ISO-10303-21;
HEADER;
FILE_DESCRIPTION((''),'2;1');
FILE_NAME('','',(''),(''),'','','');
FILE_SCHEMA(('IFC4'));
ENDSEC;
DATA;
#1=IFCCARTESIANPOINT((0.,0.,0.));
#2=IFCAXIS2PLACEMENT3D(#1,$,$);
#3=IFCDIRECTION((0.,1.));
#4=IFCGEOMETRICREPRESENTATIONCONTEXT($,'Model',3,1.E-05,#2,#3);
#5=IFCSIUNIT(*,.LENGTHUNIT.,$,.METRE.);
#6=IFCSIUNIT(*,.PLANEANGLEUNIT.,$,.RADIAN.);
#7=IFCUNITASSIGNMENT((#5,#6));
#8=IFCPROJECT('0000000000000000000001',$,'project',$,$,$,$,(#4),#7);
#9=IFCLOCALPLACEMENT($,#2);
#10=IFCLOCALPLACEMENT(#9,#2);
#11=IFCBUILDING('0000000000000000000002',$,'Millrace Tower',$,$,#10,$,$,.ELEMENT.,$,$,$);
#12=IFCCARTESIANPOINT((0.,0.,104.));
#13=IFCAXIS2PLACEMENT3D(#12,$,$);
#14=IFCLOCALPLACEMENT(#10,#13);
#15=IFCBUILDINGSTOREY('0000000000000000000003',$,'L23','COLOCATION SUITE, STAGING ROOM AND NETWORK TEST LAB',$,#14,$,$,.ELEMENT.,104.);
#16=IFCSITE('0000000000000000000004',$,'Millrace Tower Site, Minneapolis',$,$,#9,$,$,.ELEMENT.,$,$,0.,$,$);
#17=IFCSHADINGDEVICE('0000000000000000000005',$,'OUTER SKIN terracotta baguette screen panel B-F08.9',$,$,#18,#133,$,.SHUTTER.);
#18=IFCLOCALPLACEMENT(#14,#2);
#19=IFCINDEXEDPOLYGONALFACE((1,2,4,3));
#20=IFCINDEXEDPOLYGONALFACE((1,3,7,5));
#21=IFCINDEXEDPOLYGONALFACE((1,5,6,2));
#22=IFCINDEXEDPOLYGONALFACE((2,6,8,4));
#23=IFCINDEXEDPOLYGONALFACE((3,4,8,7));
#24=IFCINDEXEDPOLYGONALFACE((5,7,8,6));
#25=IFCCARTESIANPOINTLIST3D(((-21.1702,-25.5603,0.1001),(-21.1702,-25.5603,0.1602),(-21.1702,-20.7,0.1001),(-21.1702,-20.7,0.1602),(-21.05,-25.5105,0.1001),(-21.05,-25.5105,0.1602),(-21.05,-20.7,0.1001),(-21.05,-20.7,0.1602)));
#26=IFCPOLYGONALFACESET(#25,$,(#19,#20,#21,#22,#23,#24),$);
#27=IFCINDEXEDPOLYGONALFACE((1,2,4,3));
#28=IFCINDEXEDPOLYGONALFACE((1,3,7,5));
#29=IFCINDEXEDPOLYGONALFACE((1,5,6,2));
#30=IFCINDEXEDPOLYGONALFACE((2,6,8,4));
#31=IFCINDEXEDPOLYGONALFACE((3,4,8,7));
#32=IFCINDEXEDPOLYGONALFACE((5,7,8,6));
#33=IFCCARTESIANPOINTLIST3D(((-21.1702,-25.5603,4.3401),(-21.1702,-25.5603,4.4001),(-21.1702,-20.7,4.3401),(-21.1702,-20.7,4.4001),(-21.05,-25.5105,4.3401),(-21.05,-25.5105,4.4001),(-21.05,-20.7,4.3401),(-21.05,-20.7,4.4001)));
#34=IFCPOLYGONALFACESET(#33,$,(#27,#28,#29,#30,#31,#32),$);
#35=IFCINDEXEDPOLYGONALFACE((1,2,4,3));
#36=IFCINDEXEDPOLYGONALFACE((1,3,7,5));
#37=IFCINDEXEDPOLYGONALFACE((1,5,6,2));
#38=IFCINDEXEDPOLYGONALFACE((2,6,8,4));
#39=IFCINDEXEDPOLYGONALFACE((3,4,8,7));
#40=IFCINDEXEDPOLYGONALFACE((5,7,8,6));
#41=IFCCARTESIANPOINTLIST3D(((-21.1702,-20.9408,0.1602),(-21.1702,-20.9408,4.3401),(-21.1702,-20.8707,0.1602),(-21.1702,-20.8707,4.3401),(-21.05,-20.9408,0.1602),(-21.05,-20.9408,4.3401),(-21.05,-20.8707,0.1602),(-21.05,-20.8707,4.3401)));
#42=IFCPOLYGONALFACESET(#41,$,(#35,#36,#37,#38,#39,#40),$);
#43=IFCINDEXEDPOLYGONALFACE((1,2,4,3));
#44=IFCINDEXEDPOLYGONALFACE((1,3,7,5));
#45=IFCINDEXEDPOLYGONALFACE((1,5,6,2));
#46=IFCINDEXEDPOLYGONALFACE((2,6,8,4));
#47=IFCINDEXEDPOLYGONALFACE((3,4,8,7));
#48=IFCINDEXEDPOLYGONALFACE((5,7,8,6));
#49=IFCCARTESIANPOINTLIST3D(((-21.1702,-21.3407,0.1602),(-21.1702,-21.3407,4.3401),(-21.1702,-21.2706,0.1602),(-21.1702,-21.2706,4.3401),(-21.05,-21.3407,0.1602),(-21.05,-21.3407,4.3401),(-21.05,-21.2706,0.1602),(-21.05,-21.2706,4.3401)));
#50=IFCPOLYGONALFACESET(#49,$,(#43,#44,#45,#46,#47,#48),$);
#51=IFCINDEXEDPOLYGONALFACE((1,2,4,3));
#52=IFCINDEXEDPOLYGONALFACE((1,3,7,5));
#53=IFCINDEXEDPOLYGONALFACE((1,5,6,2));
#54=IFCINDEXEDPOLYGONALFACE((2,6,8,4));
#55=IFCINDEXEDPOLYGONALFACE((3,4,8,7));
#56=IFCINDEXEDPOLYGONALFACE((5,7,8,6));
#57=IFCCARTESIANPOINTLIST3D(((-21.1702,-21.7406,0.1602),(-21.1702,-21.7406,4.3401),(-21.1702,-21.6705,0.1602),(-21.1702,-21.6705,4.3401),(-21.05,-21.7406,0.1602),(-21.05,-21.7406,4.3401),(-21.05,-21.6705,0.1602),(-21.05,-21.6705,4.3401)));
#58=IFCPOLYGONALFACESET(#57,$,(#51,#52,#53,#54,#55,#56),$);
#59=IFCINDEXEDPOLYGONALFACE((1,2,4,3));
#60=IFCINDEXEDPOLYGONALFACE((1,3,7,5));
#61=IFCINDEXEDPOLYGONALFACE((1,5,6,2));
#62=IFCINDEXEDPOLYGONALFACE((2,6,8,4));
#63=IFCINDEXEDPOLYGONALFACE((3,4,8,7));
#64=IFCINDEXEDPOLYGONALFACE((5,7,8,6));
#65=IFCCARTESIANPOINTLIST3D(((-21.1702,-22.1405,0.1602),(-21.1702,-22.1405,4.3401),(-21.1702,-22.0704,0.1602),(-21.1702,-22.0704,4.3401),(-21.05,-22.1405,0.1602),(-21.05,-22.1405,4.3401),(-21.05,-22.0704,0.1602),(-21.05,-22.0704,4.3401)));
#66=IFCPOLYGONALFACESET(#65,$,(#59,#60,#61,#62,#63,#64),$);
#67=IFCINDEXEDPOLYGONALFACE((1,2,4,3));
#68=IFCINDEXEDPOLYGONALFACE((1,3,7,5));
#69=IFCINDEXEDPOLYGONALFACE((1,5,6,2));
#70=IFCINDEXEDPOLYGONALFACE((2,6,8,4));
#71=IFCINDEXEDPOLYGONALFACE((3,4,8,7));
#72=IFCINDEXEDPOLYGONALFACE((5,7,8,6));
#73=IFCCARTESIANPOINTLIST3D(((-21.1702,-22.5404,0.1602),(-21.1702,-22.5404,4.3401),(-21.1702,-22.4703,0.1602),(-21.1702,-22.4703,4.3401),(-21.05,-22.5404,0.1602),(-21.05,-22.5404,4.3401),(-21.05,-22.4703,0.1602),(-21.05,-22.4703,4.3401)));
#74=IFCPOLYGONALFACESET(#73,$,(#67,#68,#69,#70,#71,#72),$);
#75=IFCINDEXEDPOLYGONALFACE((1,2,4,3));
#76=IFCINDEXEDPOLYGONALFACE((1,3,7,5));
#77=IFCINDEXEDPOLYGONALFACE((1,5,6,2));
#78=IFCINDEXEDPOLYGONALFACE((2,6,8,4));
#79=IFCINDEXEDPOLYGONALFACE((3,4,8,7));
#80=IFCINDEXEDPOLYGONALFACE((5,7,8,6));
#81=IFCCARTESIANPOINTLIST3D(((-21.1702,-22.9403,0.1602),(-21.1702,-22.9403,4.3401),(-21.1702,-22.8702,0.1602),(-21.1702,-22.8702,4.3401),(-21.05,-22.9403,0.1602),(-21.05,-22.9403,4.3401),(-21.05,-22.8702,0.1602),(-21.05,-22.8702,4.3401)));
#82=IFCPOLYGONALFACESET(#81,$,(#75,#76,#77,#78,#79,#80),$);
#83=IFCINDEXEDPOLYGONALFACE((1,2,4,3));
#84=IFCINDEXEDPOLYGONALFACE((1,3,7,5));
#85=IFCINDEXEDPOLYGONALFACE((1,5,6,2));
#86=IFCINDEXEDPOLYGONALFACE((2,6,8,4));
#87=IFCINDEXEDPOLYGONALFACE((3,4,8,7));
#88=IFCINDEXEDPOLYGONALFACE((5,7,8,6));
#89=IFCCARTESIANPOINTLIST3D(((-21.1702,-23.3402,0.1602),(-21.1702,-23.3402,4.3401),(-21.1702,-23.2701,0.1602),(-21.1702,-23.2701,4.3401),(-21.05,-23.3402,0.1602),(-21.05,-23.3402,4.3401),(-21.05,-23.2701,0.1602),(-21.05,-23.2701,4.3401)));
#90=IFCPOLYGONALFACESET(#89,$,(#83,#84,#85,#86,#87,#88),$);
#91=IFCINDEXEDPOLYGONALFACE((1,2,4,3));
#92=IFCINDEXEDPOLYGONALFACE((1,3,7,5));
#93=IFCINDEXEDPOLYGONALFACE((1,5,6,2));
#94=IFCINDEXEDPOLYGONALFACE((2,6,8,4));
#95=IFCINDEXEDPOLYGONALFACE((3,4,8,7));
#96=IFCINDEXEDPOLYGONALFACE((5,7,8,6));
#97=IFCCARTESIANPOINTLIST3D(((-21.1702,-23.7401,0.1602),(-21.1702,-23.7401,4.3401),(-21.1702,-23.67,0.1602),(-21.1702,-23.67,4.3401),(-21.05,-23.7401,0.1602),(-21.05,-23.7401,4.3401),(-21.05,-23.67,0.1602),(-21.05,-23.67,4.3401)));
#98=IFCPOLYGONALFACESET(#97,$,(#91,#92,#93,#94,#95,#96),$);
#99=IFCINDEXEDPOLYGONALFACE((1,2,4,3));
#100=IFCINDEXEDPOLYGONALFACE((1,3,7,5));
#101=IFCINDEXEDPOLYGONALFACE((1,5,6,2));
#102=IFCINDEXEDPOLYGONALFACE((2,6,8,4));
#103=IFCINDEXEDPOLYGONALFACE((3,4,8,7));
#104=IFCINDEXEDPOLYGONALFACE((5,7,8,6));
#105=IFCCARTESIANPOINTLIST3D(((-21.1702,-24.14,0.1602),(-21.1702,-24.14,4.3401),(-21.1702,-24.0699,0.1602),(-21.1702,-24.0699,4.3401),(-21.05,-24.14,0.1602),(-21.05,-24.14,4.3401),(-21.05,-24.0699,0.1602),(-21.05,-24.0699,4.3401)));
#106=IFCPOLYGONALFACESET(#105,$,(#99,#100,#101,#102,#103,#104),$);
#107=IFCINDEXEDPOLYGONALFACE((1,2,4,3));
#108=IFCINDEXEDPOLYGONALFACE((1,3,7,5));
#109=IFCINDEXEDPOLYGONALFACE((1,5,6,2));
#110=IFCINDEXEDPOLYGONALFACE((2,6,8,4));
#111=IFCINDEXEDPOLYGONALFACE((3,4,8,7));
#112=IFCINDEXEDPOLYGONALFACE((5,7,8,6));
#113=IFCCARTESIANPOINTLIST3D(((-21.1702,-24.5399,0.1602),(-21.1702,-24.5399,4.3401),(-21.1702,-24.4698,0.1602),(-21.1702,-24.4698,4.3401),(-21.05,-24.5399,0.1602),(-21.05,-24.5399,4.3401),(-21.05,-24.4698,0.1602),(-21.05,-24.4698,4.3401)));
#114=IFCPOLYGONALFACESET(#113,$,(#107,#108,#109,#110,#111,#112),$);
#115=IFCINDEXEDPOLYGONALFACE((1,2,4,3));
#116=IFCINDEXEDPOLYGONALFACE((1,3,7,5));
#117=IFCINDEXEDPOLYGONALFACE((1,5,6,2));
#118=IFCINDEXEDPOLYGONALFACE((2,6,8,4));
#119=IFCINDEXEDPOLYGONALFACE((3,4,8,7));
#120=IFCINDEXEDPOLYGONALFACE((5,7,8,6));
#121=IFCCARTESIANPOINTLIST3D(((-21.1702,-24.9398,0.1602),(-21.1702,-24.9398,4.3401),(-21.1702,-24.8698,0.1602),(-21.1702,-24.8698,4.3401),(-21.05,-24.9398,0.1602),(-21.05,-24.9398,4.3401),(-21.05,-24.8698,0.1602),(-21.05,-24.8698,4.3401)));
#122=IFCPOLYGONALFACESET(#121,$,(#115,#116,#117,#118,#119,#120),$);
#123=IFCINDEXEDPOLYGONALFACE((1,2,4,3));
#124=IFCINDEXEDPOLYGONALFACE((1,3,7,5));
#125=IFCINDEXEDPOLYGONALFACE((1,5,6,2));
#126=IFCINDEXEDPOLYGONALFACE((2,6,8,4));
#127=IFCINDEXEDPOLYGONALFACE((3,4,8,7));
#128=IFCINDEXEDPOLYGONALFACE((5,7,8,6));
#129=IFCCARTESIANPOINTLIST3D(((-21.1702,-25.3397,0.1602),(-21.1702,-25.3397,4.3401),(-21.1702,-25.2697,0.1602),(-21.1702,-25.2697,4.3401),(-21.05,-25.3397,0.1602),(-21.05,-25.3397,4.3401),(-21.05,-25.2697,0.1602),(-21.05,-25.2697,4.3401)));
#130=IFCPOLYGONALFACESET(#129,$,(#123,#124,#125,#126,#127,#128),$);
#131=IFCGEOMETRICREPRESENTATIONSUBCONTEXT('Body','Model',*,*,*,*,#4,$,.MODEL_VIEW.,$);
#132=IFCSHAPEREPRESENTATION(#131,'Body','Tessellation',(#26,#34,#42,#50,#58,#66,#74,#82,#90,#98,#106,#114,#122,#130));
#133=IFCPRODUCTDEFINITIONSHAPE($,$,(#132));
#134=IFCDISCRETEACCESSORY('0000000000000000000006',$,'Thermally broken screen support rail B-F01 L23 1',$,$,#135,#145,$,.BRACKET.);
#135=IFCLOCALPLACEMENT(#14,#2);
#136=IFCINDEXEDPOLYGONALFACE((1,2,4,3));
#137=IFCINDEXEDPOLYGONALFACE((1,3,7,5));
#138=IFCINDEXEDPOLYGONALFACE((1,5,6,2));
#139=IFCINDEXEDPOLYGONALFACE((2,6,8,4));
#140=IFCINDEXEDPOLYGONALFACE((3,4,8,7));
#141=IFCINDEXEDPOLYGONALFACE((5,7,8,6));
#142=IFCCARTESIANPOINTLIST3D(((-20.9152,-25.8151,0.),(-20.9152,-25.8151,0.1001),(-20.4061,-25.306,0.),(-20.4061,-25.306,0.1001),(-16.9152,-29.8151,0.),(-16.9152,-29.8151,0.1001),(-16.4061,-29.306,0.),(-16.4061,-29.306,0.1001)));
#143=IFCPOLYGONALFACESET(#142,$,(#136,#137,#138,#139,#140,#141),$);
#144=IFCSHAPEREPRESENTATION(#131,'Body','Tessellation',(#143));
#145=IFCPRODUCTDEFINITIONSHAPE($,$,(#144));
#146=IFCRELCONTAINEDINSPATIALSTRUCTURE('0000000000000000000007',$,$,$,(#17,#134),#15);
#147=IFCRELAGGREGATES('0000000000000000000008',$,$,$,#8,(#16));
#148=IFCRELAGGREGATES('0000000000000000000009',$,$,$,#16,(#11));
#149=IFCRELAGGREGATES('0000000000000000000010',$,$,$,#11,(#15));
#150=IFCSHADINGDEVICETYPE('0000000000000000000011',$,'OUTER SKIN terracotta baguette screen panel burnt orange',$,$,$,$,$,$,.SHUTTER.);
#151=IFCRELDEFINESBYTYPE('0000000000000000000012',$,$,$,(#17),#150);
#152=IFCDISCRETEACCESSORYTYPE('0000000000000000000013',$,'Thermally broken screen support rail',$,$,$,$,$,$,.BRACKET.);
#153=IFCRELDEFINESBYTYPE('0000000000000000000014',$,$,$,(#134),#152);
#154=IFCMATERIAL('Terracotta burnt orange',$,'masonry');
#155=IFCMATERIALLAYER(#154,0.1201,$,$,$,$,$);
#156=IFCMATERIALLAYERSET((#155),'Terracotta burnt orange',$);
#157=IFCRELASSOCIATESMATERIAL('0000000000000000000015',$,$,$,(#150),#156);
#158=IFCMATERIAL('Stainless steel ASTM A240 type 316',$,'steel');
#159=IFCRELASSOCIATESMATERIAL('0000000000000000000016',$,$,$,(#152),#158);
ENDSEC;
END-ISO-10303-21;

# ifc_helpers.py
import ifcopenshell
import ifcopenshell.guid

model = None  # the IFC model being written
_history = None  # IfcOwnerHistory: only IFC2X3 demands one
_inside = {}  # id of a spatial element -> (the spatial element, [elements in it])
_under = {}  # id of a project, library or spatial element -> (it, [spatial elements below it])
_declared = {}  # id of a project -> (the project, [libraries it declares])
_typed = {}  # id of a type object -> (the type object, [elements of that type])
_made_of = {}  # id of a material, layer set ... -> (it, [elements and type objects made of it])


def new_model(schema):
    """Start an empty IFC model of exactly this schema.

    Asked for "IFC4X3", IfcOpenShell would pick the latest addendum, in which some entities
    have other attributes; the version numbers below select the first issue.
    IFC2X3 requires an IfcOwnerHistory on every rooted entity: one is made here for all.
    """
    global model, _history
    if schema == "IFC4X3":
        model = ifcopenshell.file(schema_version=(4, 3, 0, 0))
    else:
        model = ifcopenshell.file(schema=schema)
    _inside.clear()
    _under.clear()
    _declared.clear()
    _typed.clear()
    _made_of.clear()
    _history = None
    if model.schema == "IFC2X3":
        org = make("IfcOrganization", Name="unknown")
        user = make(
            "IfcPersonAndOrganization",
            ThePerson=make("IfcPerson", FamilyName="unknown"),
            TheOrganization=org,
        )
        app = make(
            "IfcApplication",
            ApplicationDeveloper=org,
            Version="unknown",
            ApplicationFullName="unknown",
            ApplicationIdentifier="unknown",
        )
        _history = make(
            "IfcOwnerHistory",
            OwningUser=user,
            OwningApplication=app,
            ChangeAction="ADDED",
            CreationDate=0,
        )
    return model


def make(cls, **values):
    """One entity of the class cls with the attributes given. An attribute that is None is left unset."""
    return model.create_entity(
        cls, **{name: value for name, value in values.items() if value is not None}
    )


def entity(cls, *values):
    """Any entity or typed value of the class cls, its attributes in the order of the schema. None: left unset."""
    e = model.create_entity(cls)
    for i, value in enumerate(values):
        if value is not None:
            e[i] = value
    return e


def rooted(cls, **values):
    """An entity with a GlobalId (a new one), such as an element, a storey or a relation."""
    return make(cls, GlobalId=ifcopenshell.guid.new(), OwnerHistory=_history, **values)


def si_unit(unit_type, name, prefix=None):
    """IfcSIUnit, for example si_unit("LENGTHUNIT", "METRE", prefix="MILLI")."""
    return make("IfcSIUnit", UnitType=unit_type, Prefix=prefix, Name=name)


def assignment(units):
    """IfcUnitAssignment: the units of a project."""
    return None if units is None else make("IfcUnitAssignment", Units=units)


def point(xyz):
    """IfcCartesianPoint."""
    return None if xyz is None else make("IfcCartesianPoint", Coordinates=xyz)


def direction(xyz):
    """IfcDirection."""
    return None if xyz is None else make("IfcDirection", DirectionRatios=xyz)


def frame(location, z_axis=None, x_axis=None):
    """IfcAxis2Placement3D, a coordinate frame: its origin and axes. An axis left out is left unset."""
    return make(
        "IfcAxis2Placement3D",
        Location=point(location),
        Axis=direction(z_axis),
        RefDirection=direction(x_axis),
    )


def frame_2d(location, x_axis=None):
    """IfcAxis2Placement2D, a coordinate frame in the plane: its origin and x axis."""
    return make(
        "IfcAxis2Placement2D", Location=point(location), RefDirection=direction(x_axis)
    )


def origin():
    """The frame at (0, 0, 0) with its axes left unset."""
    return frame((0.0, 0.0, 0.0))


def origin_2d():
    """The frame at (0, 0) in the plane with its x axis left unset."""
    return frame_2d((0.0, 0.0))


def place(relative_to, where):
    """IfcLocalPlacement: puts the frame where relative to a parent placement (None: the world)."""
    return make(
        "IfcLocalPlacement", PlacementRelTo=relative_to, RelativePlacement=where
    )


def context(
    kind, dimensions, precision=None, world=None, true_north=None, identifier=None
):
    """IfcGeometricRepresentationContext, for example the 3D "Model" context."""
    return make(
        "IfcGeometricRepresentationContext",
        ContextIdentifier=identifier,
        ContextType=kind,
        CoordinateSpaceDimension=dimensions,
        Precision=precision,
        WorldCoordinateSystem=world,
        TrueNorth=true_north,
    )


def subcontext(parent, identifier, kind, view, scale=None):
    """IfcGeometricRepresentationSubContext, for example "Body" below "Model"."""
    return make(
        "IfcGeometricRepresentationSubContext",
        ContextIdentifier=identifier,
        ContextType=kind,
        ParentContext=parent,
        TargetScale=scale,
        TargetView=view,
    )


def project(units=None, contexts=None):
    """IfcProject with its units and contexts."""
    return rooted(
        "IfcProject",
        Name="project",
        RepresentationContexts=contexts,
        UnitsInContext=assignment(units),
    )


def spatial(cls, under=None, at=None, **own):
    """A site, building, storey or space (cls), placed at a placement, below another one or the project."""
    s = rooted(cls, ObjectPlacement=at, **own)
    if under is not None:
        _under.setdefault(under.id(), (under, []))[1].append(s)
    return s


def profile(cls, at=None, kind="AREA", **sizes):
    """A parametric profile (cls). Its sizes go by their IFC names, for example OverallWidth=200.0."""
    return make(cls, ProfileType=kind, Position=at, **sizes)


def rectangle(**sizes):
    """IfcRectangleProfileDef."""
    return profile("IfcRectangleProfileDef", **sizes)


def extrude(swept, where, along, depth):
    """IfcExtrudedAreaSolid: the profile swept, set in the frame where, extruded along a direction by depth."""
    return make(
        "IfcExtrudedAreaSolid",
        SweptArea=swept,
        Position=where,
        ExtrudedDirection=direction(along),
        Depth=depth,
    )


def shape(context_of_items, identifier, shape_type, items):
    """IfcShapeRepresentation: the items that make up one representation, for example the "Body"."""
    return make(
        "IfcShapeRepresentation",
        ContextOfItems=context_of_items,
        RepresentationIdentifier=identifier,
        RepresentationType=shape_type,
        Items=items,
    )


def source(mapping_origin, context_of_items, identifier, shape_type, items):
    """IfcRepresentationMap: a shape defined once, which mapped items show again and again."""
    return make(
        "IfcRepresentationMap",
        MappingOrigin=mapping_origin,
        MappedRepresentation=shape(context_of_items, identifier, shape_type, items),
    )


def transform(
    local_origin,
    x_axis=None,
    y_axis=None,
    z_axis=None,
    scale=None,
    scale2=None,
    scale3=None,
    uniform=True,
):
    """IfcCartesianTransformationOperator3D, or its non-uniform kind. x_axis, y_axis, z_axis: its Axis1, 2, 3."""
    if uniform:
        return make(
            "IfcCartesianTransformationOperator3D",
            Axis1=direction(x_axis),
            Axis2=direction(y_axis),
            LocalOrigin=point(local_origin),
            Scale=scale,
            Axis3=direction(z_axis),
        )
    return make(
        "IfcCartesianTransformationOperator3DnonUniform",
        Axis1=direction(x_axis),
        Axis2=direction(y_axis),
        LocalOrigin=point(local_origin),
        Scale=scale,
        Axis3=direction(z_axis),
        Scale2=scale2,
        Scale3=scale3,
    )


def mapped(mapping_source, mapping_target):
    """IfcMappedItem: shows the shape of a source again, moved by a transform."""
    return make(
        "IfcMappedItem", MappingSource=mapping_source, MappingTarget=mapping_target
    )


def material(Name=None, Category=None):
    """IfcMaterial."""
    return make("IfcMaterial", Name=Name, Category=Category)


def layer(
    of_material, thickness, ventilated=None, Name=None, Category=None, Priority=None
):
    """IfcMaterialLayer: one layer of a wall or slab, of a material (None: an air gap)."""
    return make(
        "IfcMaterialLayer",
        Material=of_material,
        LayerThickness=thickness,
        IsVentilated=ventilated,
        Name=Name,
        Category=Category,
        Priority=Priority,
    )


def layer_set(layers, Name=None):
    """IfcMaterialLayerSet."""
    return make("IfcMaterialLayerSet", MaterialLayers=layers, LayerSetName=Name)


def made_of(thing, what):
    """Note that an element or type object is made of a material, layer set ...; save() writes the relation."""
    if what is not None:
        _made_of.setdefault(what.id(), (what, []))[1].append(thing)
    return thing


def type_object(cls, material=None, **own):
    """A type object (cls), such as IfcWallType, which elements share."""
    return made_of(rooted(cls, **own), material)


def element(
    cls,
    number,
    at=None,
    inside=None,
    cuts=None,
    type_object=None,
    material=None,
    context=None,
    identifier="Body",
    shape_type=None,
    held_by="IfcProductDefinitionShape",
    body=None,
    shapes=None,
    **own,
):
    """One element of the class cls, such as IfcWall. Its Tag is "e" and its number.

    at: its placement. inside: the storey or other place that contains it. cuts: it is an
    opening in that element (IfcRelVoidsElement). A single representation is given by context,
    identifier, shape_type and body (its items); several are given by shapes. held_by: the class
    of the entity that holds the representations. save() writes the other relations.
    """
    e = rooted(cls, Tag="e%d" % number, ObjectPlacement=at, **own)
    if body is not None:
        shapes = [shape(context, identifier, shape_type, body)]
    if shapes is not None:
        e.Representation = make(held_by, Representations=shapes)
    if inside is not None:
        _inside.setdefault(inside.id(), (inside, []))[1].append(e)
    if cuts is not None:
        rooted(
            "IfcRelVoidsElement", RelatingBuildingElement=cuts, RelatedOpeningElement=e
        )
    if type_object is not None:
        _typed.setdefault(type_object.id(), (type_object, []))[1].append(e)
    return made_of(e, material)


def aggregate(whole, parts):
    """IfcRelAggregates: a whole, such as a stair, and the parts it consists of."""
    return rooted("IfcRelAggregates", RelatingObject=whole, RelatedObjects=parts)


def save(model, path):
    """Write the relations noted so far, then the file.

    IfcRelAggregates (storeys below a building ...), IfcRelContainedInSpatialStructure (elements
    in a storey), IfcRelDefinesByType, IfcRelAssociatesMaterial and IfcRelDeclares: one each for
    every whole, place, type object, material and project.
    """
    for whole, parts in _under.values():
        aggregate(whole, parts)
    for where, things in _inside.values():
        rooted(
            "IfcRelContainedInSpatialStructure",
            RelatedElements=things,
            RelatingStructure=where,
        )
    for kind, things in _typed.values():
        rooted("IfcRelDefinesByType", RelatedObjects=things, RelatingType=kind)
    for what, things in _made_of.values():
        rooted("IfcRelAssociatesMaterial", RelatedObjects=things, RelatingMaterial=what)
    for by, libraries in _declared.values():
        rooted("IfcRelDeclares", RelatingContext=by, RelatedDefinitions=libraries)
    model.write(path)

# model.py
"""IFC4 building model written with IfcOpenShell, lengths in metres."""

from ifc_helpers import new_model, entity, si_unit, direction, frame, frame_2d, origin, origin_2d, place, context, subcontext, project, spatial, rectangle, extrude, source, transform, mapped, material, layer, layer_set, type_object, element, save


model = new_model("IFC4")

# Units and contexts
model_context = context("Model", 3, precision=1e-05, world=origin(), true_north=direction((0.0, 1.0)))
body_context = subcontext(model_context, "Body", "Model", "MODEL_VIEW")
ifc_project = project(units=[si_unit("LENGTHUNIT", "METRE"), si_unit("PLANEANGLEUNIT", "RADIAN")], contexts=[model_context])

# Site, building, storey
site_placement = place(None, origin())
site = spatial("IfcSite", under=ifc_project, at=site_placement, Name="Millrace Tower Site, Minneapolis", CompositionType="ELEMENT", RefElevation=0.0)
building_placement = place(site_placement, origin())
building = spatial("IfcBuilding", under=site, at=building_placement, Name="Millrace Tower", CompositionType="ELEMENT")
storey_placement = place(building_placement, frame((0.0, 0.0, 104.0)))
storey = spatial("IfcBuildingStorey", under=building, at=storey_placement, Name="L23", Description="COLOCATION SUITE, STAGING ROOM AND NETWORK TEST LAB", CompositionType="ELEMENT", Elevation=104.0)

# Shading device
ifc_material_1 = material(Name="Terracotta burnt orange", Category="masonry")
ifc_layer_1 = layer(ifc_material_1, 0.1201)
ifc_layer_set_1 = layer_set([ifc_layer_1], Name="Terracotta burnt orange")
shading_device_type = type_object("IfcShadingDeviceType", Name="OUTER SKIN terracotta baguette screen panel burnt orange", PredefinedType="SHUTTER", material=ifc_layer_set_1)
cartesian_point_1 = entity("IfcCartesianPoint", [-2.4177, 0.0601])
shared_polyline_1 = entity("IfcPolyline", [cartesian_point_1, entity("IfcCartesianPoint", [2.3928, 0.0601]), entity("IfcCartesianPoint", [2.4426, -0.0601]), entity("IfcCartesianPoint", [-2.4177, -0.0601]), cartesian_point_1])
shared_shape_1 = source(origin(), body_context, "Body", "SweptSolid", [
    entity("IfcExtrudedAreaSolid", entity("IfcArbitraryClosedProfileDef", "AREA", None, shared_polyline_1), entity("IfcAxis2Placement3D", entity("IfcCartesianPoint", [0.0, 0.0, 0.0])), entity("IfcDirection", [0.0, 0.0, 1.0]), 0.0601),
    entity("IfcExtrudedAreaSolid", entity("IfcArbitraryClosedProfileDef", "AREA", None, shared_polyline_1), entity("IfcAxis2Placement3D", entity("IfcCartesianPoint", [0.0, 0.0, 4.24])), entity("IfcDirection", [0.0, 0.0, 1.0]), 0.0601),
    extrude(rectangle(XDim=0.0701, YDim=0.1201, at=frame_2d((-2.2119, 0.0))), frame((0.0, 0.0, 0.0601)), (0.0, 0.0, 1.0), 4.1799),
    extrude(rectangle(XDim=0.0701, YDim=0.1201, at=frame_2d((-1.812, 0.0))), frame((0.0, 0.0, 0.0601)), (0.0, 0.0, 1.0), 4.1799),
    extrude(rectangle(XDim=0.0701, YDim=0.1201, at=frame_2d((-1.4121, 0.0))), frame((0.0, 0.0, 0.0601)), (0.0, 0.0, 1.0), 4.1799),
    extrude(rectangle(XDim=0.0701, YDim=0.1201, at=frame_2d((-1.0122, 0.0))), frame((0.0, 0.0, 0.0601)), (0.0, 0.0, 1.0), 4.1799),
    extrude(rectangle(XDim=0.0701, YDim=0.1201, at=frame_2d((-0.6123, 0.0))), frame((0.0, 0.0, 0.0601)), (0.0, 0.0, 1.0), 4.1799),
    extrude(rectangle(XDim=0.0701, YDim=0.1201, at=frame_2d((-0.2124, 0.0))), frame((0.0, 0.0, 0.0601)), (0.0, 0.0, 1.0), 4.1799),
    extrude(rectangle(XDim=0.0701, YDim=0.1201, at=frame_2d((0.1875, 0.0))), frame((0.0, 0.0, 0.0601)), (0.0, 0.0, 1.0), 4.1799),
    extrude(rectangle(XDim=0.0701, YDim=0.1201, at=frame_2d((0.5874, 0.0))), frame((0.0, 0.0, 0.0601)), (0.0, 0.0, 1.0), 4.1799),
    extrude(rectangle(XDim=0.0701, YDim=0.1201, at=frame_2d((0.9873, 0.0))), frame((0.0, 0.0, 0.0601)), (0.0, 0.0, 1.0), 4.1799),
    extrude(rectangle(XDim=0.0701, YDim=0.1201, at=frame_2d((1.3872, 0.0))), frame((0.0, 0.0, 0.0601)), (0.0, 0.0, 1.0), 4.1799),
    extrude(rectangle(XDim=0.0701, YDim=0.1201, at=frame_2d((1.7871, 0.0))), frame((0.0, 0.0, 0.0601)), (0.0, 0.0, 1.0), 4.1799),
    extrude(rectangle(XDim=0.0701, YDim=0.1201, at=frame_2d((2.187, 0.0))), frame((0.0, 0.0, 0.0601)), (0.0, 0.0, 1.0), 4.1799),
])
shading_device_1_placement = place(storey_placement, frame((-21.1101, -23.1177, 0.1001), z_axis=(0.0, 0.0, 1.0), x_axis=(0.0, -1.0, 0.0)))
element("IfcShadingDevice", 1, at=shading_device_1_placement, inside=storey, type_object=shading_device_type, Name="OUTER SKIN terracotta baguette screen panel B-F08.9", PredefinedType="SHUTTER", context=body_context, shape_type="MappedRepresentation", body=[
    mapped(shared_shape_1, transform((0.0, 0.0, 0.0), scale=1.0)),
])

# Discrete accessory
ifc_material_2 = material(Name="Stainless steel ASTM A240 type 316", Category="steel")
discrete_accessory_type = type_object("IfcDiscreteAccessoryType", Name="Thermally broken screen support rail", PredefinedType="BRACKET", material=ifc_material_2)
discrete_accessory_placement = place(storey_placement, frame((-18.6606, -27.5605, 0.0), z_axis=(0.0, 0.0, 1.0), x_axis=(0.707107, -0.707107, 0.0)))
element("IfcDiscreteAccessory", 2, at=discrete_accessory_placement, inside=storey, type_object=discrete_accessory_type, Name="Thermally broken screen support rail B-F01 L23 1", PredefinedType="BRACKET", context=body_context, shape_type="SweptSolid", body=[
    extrude(rectangle(XDim=5.6567, YDim=0.72, at=origin_2d()), origin(), (0.0, 0.0, 1.0), 0.1001),
])

save(model, "model.ifc")
